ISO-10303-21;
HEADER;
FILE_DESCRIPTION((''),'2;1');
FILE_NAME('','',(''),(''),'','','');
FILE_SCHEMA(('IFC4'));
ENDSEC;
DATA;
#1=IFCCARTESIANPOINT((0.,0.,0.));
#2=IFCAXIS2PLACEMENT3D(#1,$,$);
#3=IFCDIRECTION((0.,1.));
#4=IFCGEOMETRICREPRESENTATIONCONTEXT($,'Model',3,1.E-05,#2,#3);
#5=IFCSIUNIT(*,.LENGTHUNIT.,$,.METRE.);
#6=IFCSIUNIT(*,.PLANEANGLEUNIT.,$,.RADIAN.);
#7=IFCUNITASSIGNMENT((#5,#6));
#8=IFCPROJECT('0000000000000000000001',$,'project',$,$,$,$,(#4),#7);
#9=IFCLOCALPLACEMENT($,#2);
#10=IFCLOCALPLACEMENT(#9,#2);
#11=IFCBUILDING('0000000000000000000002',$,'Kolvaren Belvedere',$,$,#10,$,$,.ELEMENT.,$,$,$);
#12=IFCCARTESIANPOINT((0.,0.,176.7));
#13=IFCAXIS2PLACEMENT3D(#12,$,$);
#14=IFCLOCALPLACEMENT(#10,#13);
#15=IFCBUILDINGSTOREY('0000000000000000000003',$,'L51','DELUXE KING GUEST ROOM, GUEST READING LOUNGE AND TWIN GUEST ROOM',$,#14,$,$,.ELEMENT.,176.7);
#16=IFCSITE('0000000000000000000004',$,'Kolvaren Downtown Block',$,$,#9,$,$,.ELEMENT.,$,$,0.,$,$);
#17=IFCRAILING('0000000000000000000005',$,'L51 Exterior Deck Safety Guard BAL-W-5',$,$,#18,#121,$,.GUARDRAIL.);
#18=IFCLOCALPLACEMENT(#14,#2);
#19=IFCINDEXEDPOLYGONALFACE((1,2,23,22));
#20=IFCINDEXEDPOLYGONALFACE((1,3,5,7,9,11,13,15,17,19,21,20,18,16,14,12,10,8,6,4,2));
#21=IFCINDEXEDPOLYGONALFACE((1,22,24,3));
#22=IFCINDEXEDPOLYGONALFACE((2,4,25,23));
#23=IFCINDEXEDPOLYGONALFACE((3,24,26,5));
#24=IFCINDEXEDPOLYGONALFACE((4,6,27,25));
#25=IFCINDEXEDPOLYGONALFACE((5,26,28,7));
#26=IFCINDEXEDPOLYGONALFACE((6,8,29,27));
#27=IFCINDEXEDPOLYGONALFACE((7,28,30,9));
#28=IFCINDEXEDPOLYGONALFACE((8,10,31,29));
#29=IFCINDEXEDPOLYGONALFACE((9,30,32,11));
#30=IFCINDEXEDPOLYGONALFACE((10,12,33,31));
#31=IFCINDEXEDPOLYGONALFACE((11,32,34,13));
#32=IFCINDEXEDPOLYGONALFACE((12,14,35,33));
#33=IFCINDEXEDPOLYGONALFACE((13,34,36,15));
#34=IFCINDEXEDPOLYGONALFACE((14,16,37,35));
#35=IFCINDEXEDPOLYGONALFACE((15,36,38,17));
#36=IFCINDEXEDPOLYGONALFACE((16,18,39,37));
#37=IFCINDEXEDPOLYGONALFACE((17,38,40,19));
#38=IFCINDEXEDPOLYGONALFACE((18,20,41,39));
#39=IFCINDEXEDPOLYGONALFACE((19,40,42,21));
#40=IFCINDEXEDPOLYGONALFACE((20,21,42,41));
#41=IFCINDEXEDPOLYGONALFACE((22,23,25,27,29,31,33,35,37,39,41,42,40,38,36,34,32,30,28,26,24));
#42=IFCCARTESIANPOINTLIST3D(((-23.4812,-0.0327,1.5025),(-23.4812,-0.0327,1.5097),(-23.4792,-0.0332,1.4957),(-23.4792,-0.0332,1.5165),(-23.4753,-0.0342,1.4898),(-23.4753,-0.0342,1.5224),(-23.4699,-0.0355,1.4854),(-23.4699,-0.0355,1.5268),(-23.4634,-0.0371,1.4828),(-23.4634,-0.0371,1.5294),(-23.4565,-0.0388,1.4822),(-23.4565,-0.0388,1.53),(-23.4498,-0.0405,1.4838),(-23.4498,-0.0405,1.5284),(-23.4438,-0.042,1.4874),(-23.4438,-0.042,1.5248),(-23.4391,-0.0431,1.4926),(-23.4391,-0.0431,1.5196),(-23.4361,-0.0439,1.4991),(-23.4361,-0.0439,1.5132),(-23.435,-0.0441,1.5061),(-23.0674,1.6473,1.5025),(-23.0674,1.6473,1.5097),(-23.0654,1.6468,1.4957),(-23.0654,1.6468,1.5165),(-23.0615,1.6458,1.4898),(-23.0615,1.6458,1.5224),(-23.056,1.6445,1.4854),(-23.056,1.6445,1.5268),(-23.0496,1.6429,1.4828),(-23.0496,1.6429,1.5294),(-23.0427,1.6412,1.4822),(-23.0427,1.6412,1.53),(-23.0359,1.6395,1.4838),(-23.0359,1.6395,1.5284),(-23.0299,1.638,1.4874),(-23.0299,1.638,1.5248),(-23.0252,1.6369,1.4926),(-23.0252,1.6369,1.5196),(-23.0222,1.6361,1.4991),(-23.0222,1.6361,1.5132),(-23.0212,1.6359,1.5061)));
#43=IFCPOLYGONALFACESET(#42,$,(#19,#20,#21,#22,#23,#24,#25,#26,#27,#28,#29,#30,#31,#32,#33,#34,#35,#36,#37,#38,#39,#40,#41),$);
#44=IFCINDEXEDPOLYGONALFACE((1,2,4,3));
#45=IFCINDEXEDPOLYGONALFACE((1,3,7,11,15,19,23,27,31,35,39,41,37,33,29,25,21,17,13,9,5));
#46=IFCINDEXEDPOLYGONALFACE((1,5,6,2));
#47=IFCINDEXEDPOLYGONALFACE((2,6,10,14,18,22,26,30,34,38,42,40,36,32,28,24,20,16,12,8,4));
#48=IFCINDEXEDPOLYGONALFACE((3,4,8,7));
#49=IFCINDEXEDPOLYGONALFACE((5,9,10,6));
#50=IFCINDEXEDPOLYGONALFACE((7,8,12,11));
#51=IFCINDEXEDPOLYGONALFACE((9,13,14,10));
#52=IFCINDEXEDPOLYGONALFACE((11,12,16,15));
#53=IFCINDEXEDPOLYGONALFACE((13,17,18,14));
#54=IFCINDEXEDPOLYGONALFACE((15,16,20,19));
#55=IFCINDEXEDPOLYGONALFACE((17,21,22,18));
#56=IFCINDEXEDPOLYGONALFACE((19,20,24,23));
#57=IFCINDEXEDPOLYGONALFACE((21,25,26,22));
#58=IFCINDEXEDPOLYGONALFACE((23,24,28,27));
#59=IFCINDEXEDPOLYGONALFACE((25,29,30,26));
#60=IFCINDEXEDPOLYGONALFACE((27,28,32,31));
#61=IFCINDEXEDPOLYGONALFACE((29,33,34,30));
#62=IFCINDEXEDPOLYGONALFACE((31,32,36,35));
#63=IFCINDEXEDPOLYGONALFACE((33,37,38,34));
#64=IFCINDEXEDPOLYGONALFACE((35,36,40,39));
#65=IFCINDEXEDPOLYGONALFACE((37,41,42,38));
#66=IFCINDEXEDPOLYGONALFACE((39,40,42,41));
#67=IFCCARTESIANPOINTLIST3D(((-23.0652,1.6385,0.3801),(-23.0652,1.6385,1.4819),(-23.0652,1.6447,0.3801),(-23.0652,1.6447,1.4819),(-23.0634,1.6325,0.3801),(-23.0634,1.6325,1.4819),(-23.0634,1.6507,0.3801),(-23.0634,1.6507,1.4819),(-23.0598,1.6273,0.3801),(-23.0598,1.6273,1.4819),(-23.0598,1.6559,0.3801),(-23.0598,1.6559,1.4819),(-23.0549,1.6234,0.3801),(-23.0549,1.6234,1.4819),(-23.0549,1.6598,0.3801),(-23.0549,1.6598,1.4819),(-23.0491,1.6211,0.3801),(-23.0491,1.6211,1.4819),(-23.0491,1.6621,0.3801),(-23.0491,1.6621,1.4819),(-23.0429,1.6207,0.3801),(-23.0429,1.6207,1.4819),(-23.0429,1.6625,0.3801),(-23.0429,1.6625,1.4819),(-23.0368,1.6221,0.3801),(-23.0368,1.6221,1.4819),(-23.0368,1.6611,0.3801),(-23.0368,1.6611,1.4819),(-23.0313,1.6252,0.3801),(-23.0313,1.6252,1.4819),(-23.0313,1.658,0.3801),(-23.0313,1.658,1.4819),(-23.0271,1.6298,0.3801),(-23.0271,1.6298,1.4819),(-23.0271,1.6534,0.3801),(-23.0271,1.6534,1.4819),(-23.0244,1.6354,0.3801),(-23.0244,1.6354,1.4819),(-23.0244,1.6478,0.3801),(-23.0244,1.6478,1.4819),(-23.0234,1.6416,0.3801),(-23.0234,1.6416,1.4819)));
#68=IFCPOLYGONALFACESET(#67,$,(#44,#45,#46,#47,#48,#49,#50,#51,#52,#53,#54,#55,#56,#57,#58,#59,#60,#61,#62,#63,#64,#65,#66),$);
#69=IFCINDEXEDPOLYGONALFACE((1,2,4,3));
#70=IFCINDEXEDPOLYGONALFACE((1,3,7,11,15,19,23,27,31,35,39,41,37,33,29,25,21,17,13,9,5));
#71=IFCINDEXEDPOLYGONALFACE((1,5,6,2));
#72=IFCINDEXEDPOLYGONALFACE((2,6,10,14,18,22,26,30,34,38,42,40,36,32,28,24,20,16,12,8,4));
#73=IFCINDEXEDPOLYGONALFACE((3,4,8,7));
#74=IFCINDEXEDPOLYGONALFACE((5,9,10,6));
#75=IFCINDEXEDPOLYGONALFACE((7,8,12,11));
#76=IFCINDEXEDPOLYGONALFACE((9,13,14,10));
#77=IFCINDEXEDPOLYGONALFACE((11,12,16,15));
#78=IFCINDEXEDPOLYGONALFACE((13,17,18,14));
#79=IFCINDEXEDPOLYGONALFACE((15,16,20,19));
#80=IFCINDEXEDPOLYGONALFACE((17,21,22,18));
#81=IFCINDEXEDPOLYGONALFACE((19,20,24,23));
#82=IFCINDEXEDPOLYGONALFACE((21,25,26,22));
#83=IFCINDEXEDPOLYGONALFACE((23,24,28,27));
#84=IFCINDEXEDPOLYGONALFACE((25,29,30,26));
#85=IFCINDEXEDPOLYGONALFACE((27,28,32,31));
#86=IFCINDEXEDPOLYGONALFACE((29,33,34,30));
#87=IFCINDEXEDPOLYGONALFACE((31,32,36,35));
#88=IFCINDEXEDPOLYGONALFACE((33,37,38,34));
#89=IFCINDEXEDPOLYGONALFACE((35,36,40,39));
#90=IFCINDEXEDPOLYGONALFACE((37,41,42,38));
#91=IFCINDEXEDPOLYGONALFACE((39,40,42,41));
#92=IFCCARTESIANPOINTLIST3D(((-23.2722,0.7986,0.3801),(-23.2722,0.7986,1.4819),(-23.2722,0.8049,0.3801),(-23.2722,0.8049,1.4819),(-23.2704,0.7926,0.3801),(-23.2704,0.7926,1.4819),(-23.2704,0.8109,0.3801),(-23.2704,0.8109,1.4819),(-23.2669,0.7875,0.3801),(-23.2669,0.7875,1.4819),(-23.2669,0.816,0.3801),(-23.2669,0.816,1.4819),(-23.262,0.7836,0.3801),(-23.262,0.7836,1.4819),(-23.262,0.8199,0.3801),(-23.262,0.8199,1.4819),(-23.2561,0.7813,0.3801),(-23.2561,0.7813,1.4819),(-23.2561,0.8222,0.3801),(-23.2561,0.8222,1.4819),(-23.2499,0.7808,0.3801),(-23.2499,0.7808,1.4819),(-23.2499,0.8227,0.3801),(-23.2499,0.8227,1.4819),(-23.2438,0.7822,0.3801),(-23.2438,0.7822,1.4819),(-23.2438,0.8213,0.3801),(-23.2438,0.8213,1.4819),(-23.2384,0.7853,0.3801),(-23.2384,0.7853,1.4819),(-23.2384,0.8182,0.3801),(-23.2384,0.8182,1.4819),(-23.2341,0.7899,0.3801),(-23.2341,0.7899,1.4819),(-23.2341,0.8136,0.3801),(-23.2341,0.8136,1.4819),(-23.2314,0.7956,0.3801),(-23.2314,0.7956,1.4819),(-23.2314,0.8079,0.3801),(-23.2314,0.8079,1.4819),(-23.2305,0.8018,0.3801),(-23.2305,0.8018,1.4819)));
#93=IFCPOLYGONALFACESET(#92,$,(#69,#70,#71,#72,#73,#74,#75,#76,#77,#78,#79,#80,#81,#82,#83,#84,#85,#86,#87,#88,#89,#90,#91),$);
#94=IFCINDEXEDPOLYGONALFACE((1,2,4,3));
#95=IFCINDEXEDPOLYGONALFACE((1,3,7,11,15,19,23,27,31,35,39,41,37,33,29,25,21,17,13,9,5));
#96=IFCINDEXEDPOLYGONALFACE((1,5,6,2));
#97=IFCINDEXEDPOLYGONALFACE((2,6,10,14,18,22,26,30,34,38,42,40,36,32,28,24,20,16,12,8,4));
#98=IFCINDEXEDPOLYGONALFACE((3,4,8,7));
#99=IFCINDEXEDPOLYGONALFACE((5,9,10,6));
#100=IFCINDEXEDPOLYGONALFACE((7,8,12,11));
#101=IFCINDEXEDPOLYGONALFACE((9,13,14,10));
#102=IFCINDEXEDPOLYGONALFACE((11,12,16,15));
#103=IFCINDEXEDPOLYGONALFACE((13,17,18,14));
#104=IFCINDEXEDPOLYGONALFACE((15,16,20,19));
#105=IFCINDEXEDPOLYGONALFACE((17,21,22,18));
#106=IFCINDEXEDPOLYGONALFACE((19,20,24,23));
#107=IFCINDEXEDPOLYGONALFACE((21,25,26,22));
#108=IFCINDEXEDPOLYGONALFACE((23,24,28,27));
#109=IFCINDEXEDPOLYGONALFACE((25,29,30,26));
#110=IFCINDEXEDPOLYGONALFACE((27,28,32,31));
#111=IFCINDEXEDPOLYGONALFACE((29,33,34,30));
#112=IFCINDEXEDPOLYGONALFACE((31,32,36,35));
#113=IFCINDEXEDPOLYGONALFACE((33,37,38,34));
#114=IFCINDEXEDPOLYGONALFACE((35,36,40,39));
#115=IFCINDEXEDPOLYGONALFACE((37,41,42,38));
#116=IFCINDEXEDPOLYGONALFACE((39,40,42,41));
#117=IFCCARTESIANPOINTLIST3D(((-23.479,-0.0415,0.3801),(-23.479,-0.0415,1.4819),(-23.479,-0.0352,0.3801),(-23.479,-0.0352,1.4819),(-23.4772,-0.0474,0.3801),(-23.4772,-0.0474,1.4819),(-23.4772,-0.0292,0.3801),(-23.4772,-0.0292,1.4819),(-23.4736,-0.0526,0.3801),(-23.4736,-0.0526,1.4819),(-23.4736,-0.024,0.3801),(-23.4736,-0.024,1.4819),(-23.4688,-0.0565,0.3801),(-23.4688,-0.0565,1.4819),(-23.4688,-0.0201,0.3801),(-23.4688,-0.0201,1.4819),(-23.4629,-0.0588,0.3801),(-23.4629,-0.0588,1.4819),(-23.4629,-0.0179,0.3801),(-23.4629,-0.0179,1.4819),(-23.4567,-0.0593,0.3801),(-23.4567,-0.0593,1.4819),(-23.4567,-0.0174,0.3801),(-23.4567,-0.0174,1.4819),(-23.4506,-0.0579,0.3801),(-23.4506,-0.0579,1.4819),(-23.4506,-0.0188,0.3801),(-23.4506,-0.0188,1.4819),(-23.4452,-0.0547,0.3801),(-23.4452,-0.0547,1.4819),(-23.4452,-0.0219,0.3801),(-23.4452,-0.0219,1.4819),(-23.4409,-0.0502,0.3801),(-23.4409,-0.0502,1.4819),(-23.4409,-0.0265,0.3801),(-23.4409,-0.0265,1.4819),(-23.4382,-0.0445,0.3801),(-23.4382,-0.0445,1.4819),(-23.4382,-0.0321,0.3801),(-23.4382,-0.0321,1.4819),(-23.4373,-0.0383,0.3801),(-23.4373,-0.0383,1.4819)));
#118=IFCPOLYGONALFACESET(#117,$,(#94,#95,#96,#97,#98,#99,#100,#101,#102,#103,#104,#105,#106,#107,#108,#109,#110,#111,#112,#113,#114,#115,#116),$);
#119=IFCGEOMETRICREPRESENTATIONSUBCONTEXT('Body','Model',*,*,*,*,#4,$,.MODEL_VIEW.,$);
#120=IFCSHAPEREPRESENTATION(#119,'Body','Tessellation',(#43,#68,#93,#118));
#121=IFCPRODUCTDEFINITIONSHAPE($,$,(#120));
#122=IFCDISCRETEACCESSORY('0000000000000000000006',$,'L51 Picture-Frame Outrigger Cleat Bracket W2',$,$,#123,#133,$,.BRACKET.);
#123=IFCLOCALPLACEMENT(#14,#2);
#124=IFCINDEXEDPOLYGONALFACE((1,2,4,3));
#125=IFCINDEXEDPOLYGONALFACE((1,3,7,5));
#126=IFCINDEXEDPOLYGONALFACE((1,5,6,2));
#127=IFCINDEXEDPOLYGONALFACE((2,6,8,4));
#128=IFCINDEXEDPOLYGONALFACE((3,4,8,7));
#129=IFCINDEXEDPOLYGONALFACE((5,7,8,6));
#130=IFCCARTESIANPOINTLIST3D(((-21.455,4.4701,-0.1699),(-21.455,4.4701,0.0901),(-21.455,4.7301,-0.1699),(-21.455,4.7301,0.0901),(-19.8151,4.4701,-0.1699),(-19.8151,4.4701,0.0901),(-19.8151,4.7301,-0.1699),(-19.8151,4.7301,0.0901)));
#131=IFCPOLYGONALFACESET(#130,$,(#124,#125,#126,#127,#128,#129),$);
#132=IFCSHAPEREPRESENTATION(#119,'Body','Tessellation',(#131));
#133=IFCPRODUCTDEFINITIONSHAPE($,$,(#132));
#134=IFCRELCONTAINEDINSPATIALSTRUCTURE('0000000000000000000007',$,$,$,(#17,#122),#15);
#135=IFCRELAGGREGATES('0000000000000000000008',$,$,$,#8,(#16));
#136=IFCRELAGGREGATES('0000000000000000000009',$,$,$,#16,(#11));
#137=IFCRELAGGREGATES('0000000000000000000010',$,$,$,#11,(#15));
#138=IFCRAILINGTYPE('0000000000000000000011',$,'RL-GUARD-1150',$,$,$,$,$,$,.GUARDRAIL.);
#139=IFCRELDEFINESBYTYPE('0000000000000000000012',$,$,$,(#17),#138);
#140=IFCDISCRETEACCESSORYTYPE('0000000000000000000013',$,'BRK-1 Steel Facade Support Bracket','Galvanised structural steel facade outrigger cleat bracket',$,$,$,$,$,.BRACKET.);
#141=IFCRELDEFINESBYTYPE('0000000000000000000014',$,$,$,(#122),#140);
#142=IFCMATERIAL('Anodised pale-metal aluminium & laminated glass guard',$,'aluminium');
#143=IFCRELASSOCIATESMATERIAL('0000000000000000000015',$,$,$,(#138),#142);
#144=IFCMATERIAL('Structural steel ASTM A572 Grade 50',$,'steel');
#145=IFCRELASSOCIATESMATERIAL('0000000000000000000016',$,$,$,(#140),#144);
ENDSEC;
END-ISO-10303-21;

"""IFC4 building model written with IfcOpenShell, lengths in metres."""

from ifc_helpers import new_model, si_unit, direction, frame, origin, origin_2d, place, context, subcontext, project, spatial, rectangle, circle, extrude, material, type_object, element, save


model = new_model("IFC4")

# Units and contexts
model_context = context("Model", 3, precision=1e-05, world=origin(), true_north=direction((0.0, 1.0)))
body_context = subcontext(model_context, "Body", "Model", "MODEL_VIEW")
ifc_project = project(units=[si_unit("LENGTHUNIT", "METRE"), si_unit("PLANEANGLEUNIT", "RADIAN")], contexts=[model_context])

# Site, building, storey
site_placement = place(None, origin())
site = spatial("IfcSite", under=ifc_project, at=site_placement, Name="Kolvaren Downtown Block", CompositionType="ELEMENT", RefElevation=0.0)
building_placement = place(site_placement, origin())
building = spatial("IfcBuilding", under=site, at=building_placement, Name="Kolvaren Belvedere", CompositionType="ELEMENT")
storey_placement = place(building_placement, frame((0.0, 0.0, 176.7)))
storey = spatial("IfcBuildingStorey", under=building, at=storey_placement, Name="L51", Description="DELUXE KING GUEST ROOM, GUEST READING LOUNGE AND TWIN GUEST ROOM", CompositionType="ELEMENT", Elevation=176.7)

# Railing
ifc_material_1 = material(Name="Anodised pale-metal aluminium & laminated glass guard", Category="aluminium")
railing_type = type_object("IfcRailingType", Name="RL-GUARD-1150", PredefinedType="GUARDRAIL", material=ifc_material_1)
railing_1_placement = place(storey_placement, frame((-23.0444, 1.6416, 0.3801)))
element("IfcRailing", 1, at=railing_1_placement, inside=storey, type_object=railing_type, Name="L51 Exterior Deck Safety Guard BAL-W-5", PredefinedType="GUARDRAIL", context=body_context, shape_type="SweptSolid", body=[
    extrude(circle(Radius=0.0239, at=origin_2d()), frame((0.0, 0.0, 1.126), z_axis=(-0.239181, -0.970975, 0.0), x_axis=(0.970975, -0.239181, 0.0)), (0.0, 0.0, 1.0), 1.7302),
    extrude(circle(Radius=0.021, at=origin_2d()), origin(), (0.0, 0.0, 1.0), 1.1018),
    extrude(circle(Radius=0.021, at=origin_2d()), frame((-0.207, -0.8398, 0.0)), (0.0, 0.0, 1.0), 1.1018),
    extrude(circle(Radius=0.021, at=origin_2d()), frame((-0.4138, -1.6799, 0.0)), (0.0, 0.0, 1.0), 1.1018),
])

# Discrete accessory
ifc_material_2 = material(Name="Structural steel ASTM A572 Grade 50", Category="steel")
discrete_accessory_type = type_object("IfcDiscreteAccessoryType", Name="BRK-1 Steel Facade Support Bracket", Description="Galvanised structural steel facade outrigger cleat bracket", PredefinedType="BRACKET", material=ifc_material_2)
discrete_accessory_placement = place(storey_placement, frame((-20.635, 4.6001, -0.1699), z_axis=(0.0, 0.0, 1.0), x_axis=(1.0, 0.0, 0.0)))
element("IfcDiscreteAccessory", 2, at=discrete_accessory_placement, inside=storey, type_object=discrete_accessory_type, Name="L51 Picture-Frame Outrigger Cleat Bracket W2", PredefinedType="BRACKET", context=body_context, shape_type="SweptSolid", body=[
    extrude(rectangle(XDim=1.6399, YDim=0.26, at=origin_2d()), origin(), (0.0, 0.0, 1.0), 0.26),
])

save(model, "model.ifc")
